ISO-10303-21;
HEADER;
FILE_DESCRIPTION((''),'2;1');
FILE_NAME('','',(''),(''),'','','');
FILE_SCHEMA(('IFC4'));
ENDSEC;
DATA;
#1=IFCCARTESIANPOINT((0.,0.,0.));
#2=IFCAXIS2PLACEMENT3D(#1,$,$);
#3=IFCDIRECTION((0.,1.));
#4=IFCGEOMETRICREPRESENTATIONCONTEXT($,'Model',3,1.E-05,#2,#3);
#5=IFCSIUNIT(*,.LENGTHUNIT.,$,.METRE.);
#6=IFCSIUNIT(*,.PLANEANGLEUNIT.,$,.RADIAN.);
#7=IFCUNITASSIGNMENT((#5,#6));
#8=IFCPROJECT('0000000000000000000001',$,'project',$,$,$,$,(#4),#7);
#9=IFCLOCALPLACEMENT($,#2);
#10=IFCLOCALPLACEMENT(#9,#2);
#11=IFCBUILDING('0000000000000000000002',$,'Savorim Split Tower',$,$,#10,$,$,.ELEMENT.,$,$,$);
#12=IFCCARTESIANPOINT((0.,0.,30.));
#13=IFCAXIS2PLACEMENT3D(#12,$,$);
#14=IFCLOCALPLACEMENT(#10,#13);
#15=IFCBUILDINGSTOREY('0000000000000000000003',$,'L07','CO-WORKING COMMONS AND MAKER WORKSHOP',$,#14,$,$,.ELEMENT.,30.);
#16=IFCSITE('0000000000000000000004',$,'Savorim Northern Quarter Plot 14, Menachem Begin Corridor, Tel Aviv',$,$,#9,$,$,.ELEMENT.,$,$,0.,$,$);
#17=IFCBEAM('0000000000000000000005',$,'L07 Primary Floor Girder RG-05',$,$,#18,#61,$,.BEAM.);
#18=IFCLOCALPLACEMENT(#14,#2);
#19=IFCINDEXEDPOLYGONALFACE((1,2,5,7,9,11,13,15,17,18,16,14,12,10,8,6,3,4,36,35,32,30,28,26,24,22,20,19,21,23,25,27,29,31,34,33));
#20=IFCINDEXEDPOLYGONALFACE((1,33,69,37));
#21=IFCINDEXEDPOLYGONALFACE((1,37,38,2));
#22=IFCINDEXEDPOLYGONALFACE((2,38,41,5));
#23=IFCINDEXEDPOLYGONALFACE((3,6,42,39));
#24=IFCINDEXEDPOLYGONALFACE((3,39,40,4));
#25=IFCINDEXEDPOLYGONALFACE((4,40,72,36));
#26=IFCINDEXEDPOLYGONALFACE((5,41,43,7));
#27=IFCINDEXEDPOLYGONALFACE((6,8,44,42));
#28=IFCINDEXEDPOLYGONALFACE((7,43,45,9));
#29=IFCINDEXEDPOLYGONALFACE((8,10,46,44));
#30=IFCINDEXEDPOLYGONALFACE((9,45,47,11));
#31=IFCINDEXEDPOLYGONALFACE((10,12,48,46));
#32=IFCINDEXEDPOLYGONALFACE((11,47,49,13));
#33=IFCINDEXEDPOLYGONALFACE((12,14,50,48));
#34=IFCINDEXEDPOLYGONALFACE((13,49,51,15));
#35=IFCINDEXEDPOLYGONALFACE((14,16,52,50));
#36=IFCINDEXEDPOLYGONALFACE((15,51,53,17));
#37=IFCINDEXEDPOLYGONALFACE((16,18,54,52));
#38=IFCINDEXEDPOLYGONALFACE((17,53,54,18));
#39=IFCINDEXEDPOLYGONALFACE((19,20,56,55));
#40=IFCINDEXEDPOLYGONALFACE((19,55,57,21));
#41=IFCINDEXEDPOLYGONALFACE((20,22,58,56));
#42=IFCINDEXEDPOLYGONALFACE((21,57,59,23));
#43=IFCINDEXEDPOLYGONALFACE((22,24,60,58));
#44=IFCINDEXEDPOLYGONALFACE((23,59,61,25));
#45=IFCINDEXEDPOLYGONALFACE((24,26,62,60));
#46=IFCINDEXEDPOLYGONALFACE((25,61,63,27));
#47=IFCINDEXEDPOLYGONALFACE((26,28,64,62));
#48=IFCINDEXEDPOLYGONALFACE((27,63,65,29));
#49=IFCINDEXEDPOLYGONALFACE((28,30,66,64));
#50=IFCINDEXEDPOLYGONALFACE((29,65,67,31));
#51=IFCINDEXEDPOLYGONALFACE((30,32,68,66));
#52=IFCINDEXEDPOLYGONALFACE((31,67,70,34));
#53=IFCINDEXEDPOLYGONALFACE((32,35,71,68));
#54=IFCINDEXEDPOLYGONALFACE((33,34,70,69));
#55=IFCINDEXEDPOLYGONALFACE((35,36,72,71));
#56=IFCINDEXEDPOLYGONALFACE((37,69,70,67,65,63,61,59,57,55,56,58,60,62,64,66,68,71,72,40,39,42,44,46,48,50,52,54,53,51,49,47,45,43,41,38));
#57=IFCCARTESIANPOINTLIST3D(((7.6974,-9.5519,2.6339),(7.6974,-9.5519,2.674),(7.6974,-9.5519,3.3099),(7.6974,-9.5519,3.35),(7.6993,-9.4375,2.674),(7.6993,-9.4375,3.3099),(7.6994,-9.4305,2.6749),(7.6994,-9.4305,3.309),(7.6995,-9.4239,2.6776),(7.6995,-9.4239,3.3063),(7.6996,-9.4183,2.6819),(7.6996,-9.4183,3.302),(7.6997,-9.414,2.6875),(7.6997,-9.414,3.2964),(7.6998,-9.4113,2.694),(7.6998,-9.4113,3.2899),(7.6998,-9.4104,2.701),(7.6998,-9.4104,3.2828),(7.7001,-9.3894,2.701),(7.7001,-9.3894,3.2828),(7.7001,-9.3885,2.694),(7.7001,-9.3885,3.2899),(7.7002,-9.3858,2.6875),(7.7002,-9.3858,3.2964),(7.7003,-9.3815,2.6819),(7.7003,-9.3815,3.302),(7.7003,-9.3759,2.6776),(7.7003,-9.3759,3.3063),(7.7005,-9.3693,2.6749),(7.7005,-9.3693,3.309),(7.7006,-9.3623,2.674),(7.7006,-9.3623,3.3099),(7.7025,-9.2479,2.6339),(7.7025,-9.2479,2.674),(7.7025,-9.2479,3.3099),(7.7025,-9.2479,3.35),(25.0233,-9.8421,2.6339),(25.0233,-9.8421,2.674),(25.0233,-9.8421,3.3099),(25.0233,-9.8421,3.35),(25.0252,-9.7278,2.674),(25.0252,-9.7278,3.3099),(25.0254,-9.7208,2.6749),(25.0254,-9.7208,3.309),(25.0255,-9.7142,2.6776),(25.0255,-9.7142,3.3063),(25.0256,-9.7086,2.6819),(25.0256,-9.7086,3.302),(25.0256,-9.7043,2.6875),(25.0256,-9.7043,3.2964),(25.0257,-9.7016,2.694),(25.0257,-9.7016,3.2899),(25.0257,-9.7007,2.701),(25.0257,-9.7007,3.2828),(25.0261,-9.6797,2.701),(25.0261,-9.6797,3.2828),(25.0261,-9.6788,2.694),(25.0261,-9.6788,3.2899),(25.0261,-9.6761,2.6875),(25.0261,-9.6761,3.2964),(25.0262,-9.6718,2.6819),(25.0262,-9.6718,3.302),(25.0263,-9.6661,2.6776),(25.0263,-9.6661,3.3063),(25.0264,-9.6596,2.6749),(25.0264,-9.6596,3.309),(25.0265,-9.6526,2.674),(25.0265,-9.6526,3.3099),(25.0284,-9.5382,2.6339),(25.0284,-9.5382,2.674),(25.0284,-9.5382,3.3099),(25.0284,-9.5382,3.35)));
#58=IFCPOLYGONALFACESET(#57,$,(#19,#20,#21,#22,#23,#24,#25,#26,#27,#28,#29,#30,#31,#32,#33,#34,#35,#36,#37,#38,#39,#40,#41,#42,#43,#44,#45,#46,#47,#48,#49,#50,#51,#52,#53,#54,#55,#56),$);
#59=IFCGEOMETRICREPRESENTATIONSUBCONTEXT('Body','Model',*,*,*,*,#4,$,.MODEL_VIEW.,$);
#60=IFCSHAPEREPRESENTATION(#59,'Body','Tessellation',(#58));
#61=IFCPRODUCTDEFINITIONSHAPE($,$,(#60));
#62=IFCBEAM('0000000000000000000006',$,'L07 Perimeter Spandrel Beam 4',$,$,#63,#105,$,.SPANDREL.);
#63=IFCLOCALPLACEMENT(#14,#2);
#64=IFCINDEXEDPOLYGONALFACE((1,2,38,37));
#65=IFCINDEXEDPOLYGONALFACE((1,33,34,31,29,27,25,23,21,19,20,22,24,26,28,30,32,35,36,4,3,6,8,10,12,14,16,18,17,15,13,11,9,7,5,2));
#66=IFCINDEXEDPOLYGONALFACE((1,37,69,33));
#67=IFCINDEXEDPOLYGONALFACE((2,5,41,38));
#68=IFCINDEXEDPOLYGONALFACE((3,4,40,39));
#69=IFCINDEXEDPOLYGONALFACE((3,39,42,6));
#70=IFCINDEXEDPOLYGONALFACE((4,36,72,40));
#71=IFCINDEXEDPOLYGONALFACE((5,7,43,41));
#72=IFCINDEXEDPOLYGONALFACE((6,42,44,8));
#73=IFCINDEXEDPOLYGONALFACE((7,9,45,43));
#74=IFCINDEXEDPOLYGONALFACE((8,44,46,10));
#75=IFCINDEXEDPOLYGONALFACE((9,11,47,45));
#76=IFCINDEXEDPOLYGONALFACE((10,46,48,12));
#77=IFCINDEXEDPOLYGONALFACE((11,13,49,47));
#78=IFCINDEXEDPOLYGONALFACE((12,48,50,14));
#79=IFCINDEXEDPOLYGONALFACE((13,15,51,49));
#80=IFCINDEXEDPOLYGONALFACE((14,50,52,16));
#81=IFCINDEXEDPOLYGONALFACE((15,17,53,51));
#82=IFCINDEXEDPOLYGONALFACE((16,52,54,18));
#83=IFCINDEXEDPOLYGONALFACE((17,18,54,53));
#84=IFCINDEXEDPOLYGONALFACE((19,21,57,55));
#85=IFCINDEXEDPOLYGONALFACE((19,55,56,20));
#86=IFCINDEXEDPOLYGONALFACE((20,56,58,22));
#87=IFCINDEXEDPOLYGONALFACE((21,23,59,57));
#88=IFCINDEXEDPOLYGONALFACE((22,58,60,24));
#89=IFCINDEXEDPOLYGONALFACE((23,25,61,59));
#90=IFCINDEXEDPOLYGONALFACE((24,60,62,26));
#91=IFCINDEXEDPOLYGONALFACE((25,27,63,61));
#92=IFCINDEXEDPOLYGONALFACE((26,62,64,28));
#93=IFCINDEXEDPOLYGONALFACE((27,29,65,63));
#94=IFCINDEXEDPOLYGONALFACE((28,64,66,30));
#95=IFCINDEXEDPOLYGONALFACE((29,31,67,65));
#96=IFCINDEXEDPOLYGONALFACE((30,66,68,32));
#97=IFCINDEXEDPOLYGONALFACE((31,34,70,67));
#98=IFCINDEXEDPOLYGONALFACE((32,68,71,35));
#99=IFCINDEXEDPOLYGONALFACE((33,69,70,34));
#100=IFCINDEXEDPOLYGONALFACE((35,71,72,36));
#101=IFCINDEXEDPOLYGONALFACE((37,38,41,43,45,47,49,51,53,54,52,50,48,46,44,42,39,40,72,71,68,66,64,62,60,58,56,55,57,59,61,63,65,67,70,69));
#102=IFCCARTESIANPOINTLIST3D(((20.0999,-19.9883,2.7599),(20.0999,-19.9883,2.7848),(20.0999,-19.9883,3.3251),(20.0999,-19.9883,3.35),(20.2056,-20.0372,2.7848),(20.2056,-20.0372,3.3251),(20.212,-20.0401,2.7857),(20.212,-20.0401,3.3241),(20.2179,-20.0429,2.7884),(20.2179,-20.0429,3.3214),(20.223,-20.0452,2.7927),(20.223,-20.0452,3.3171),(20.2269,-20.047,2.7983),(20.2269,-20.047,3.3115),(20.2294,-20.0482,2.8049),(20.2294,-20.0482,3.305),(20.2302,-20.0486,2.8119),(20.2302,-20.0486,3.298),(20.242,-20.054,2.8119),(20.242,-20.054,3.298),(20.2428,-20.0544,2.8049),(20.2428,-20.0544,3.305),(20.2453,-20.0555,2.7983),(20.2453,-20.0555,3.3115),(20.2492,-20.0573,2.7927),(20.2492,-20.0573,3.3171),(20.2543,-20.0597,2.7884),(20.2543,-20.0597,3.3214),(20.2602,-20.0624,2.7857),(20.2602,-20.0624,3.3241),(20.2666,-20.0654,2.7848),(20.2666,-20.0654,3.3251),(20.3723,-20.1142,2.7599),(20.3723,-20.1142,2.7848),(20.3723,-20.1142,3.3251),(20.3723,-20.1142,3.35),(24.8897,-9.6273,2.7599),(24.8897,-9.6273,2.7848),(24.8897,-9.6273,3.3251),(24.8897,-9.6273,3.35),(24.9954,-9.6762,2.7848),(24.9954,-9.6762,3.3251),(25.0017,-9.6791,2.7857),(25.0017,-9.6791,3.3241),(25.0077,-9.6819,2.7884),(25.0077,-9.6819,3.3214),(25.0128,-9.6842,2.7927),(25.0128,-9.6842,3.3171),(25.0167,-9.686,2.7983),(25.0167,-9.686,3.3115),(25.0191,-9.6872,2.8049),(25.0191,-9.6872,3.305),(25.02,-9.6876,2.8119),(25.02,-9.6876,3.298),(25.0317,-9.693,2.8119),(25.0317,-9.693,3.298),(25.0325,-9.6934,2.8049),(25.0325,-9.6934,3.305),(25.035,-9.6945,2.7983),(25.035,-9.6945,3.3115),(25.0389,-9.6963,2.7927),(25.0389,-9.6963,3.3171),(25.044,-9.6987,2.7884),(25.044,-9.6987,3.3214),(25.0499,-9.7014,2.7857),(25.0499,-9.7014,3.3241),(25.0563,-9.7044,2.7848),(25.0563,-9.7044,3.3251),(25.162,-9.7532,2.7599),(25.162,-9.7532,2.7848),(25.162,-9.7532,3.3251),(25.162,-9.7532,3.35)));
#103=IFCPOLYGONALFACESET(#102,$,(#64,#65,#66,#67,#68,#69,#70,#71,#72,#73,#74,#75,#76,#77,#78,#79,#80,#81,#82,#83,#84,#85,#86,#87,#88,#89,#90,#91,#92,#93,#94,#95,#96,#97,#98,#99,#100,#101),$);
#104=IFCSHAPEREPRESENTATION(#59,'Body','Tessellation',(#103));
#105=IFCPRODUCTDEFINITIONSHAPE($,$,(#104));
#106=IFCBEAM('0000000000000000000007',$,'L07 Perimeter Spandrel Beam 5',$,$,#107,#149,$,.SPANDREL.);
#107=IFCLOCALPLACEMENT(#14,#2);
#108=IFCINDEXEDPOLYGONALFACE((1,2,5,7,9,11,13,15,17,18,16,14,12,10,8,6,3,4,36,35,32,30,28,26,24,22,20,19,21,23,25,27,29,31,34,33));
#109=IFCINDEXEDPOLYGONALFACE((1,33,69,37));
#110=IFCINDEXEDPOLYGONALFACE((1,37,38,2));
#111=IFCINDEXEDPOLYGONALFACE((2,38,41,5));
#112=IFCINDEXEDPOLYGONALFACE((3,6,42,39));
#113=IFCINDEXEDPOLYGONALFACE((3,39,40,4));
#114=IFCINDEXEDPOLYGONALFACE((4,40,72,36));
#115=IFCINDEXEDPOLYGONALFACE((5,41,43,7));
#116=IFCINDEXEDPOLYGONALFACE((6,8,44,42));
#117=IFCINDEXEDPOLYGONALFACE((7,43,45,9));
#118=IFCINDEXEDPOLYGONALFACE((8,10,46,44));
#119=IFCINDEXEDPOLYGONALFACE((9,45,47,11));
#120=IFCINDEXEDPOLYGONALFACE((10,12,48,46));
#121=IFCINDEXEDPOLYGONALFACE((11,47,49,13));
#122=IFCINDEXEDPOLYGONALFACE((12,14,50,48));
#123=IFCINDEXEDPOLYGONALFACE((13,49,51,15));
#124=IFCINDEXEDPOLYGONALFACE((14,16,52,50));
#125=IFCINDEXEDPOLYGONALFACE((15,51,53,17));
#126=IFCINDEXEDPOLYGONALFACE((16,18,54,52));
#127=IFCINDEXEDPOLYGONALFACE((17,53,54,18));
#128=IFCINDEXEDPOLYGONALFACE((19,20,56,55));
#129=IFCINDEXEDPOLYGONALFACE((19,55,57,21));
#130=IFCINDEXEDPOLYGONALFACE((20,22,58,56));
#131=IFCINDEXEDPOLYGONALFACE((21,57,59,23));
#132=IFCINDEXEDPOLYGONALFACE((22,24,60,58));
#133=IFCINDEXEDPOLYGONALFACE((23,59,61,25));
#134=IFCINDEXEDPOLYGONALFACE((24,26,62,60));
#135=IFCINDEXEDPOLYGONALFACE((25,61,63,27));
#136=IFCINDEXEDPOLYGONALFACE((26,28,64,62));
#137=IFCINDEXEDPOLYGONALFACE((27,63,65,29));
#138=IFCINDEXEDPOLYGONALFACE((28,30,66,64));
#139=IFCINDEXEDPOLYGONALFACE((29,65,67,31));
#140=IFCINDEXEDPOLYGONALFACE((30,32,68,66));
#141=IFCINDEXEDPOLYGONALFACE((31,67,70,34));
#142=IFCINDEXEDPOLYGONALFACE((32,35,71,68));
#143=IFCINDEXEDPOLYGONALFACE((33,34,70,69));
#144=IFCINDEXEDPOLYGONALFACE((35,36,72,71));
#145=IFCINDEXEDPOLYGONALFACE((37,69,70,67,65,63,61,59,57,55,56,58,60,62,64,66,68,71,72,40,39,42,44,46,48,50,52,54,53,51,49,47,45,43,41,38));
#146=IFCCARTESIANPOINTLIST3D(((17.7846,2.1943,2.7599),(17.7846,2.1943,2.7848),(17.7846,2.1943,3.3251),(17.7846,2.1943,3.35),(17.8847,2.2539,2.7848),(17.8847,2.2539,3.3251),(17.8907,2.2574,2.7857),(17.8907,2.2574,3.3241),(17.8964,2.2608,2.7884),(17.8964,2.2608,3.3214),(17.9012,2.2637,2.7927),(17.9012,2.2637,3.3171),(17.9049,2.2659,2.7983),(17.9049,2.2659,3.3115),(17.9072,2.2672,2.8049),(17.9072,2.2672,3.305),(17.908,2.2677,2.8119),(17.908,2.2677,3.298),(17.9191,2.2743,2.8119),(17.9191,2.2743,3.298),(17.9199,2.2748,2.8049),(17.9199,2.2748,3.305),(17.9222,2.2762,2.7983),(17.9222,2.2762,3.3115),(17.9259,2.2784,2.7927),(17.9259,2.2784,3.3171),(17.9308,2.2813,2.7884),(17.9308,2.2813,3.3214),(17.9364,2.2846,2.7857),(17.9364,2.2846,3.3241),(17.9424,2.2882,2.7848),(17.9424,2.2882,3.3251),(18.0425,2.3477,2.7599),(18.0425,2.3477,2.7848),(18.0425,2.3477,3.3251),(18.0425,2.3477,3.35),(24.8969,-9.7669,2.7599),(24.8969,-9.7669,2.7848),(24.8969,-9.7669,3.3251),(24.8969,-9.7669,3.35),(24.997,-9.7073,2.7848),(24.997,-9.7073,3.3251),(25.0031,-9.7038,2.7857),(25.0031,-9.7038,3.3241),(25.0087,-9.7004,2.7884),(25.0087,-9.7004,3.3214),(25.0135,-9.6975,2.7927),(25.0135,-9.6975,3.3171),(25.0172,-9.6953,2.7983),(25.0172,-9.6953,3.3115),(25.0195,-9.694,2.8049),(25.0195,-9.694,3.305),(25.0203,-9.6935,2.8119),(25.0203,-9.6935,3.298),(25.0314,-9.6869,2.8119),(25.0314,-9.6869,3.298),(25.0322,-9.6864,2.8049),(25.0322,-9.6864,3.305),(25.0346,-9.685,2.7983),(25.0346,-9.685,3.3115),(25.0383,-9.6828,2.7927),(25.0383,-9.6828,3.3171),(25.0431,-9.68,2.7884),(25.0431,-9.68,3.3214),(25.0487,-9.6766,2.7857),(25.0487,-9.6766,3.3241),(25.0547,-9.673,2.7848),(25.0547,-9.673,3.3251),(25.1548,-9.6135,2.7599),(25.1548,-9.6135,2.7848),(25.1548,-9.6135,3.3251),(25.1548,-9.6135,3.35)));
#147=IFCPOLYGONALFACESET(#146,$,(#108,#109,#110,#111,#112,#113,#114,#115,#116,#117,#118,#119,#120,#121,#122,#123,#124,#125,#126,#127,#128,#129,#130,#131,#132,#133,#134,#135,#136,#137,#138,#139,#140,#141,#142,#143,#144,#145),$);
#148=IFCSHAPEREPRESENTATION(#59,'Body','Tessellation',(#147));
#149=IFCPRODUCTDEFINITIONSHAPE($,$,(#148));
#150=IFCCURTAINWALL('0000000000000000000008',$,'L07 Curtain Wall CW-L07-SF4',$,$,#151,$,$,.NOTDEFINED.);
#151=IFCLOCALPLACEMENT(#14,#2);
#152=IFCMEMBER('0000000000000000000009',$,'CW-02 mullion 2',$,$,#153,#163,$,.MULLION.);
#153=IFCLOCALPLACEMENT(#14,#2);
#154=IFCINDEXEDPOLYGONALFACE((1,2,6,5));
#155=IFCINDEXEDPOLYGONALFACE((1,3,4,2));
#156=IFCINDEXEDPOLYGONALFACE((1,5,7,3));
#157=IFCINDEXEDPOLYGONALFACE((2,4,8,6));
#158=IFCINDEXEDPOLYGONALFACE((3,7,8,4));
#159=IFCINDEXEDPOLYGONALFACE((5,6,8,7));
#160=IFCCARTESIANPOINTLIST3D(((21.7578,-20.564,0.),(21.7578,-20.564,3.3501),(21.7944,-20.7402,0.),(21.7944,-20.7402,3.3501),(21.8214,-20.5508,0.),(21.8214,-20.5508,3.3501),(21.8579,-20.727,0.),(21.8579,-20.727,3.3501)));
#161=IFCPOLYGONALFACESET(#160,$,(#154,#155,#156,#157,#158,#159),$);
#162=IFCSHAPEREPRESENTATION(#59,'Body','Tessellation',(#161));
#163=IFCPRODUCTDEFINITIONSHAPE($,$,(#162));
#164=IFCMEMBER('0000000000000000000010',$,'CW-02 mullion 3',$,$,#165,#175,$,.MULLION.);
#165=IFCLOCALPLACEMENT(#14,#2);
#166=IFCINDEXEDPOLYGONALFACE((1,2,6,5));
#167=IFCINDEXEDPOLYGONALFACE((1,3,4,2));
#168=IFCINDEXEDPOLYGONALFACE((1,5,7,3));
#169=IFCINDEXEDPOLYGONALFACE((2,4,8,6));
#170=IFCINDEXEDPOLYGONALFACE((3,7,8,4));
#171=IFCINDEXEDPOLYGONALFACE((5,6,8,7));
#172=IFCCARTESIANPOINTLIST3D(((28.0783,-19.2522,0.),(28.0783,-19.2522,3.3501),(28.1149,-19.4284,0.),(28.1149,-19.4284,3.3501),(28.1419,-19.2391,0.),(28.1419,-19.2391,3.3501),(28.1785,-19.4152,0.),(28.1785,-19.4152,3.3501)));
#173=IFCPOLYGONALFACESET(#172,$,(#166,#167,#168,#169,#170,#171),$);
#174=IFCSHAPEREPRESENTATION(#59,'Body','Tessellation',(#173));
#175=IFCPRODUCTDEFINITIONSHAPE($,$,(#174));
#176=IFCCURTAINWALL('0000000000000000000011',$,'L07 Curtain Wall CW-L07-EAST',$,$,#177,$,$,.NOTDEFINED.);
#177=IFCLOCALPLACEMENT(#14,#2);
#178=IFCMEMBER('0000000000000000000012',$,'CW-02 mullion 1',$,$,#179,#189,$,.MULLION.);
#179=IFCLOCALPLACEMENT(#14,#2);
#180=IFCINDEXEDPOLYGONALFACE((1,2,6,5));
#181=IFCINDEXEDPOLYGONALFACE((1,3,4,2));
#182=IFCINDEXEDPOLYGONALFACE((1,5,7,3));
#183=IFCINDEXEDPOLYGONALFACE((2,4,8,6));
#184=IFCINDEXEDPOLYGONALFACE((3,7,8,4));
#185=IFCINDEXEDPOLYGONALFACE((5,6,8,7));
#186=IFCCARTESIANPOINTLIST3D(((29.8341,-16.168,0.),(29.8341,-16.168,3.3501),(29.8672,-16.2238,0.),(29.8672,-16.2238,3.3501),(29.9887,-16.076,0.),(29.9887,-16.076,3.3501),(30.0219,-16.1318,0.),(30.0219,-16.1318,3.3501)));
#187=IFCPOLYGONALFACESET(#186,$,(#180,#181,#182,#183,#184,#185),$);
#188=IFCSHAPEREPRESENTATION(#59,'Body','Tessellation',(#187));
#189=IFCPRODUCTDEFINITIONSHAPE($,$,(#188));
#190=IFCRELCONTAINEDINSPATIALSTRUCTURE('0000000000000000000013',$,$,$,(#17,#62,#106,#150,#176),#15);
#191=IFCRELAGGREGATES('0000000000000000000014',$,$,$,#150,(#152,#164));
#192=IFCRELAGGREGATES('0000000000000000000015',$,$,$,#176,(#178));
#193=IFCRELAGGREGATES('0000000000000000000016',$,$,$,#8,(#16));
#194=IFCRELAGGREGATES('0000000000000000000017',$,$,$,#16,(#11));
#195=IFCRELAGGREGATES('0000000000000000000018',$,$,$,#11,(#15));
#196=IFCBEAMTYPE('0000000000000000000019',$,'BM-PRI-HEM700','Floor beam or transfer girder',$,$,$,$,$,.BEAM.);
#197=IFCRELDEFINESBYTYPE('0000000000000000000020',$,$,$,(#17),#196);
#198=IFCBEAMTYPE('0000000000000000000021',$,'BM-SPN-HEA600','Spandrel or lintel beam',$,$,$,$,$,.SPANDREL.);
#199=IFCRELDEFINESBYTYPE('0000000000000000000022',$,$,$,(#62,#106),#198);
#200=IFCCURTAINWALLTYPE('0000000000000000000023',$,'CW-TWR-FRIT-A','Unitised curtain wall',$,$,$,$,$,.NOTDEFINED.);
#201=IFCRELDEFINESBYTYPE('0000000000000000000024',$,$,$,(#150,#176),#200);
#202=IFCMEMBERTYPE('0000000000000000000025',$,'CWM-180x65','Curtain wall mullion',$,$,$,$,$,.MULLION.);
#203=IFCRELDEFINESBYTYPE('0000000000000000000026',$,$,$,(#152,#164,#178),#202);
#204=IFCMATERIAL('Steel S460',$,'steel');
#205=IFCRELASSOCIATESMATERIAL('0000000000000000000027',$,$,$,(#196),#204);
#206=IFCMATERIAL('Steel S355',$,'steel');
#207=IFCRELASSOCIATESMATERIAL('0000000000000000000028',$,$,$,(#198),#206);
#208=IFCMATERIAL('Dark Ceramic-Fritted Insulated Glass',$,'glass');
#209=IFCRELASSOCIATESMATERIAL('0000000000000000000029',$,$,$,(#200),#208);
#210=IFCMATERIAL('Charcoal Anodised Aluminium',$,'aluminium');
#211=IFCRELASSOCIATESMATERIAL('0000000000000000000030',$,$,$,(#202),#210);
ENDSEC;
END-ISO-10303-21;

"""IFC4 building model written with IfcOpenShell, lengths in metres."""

from ifc_helpers import new_model, si_unit, direction, frame, origin, origin_2d, place, context, subcontext, project, spatial, rectangle, i_section, extrude, material, material_profile, profile_set, type_object, element, aggregate, save


model = new_model("IFC4")

# Units and contexts
model_context = context("Model", 3, precision=1e-05, world=origin(), true_north=direction((0.0, 1.0)))
body_context = subcontext(model_context, "Body", "Model", "MODEL_VIEW")
ifc_project = project(units=[si_unit("LENGTHUNIT", "METRE"), si_unit("PLANEANGLEUNIT", "RADIAN")], contexts=[model_context])

# Site, building, storey
site_placement = place(None, origin())
site = spatial("IfcSite", under=ifc_project, at=site_placement, Name="Savorim Northern Quarter Plot 14, Menachem Begin Corridor, Tel Aviv", CompositionType="ELEMENT", RefElevation=0.0)
building_placement = place(site_placement, origin())
building = spatial("IfcBuilding", under=site, at=building_placement, Name="Savorim Split Tower", CompositionType="ELEMENT")
storey_placement = place(building_placement, frame((0.0, 0.0, 30.0)))
storey = spatial("IfcBuildingStorey", under=building, at=storey_placement, Name="L07", Description="CO-WORKING COMMONS AND MAKER WORKSHOP", CompositionType="ELEMENT", Elevation=30.0)

# Shared definitions
ifc_material_1 = material(Name="Steel S460", Category="steel")

# Beams
ifc_material_2 = material(Name="Steel S355", Category="steel")
ifc_material_profile_1 = material_profile(ifc_material_1, i_section(OverallWidth=0.304, OverallDepth=0.7161, WebThickness=0.021, FlangeThickness=0.04, FilletRadius=0.0271, at=origin_2d()), Name="HE 700 M")
ifc_profile_set_1 = profile_set([ifc_material_profile_1], Name="Steel S460")
beam_type_1 = type_object("IfcBeamType", Name="BM-PRI-HEM700", Description="Floor beam or transfer girder", PredefinedType="BEAM", material=ifc_profile_set_1)
beam_1_placement = place(storey_placement, frame((25.0259, -9.6902, 2.9919), z_axis=(-0.99986, 0.016752, 0.0), x_axis=(-0.016752, -0.99986, 0.0)))
element("IfcBeam", 1, at=beam_1_placement, inside=storey, type_object=beam_type_1, Name="L07 Primary Floor Girder RG-05", PredefinedType="BEAM", context=body_context, shape_type="SweptSolid", body=[
    extrude(i_section(OverallWidth=0.304, OverallDepth=0.7161, WebThickness=0.021, FlangeThickness=0.04, FilletRadius=0.0271, at=origin_2d()), origin(), (0.0, 0.0, 1.0), 17.3284),
])
ifc_material_profile_2 = material_profile(ifc_material_2, i_section(OverallWidth=0.3, OverallDepth=0.5901, WebThickness=0.0129, FlangeThickness=0.0249, FilletRadius=0.0271, at=origin_2d()), Name="HEA 600")
ifc_profile_set_2 = profile_set([ifc_material_profile_2], Name="Steel S355")
beam_type_2 = type_object("IfcBeamType", Name="BM-SPN-HEA600", Description="Spandrel or lintel beam", PredefinedType="SPANDREL", material=ifc_profile_set_2)
beam_2_placement = place(storey_placement, frame((20.2361, -20.0513, 3.0549), z_axis=(0.419618, 0.907701, 0.0), x_axis=(-0.907701, 0.419618, 0.0)))
element("IfcBeam", 2, at=beam_2_placement, inside=storey, type_object=beam_type_2, Name="L07 Perimeter Spandrel Beam 4", PredefinedType="SPANDREL", context=body_context, shape_type="SweptSolid", body=[
    extrude(i_section(OverallWidth=0.3, OverallDepth=0.5901, WebThickness=0.0129, FlangeThickness=0.0249, FilletRadius=0.0271, at=origin_2d()), origin(), (0.0, 0.0, 1.0), 11.4146),
])
beam_3_placement = place(storey_placement, frame((25.0259, -9.6902, 3.0549), z_axis=(-0.511089, 0.859528, 0.0), x_axis=(-0.859528, -0.511089, 0.0)))
element("IfcBeam", 3, at=beam_3_placement, inside=storey, type_object=beam_type_2, Name="L07 Perimeter Spandrel Beam 5", PredefinedType="SPANDREL", context=body_context, shape_type="SweptSolid", body=[
    extrude(i_section(OverallWidth=0.3, OverallDepth=0.5901, WebThickness=0.0129, FlangeThickness=0.0249, FilletRadius=0.0271, at=origin_2d()), origin(), (0.0, 0.0, 1.0), 13.916),
])

# Curtain walls, members
ifc_material_3 = material(Name="Dark Ceramic-Fritted Insulated Glass", Category="glass")
curtain_wall_type = type_object("IfcCurtainWallType", Name="CW-TWR-FRIT-A", Description="Unitised curtain wall", PredefinedType="NOTDEFINED", material=ifc_material_3)
curtain_wall_1_placement = place(storey_placement, origin())
curtain_wall_1 = element("IfcCurtainWall", 4, at=curtain_wall_1_placement, inside=storey, type_object=curtain_wall_type, Name="L07 Curtain Wall CW-L07-SF4", PredefinedType="NOTDEFINED")
ifc_material_4 = material(Name="Charcoal Anodised Aluminium", Category="aluminium")
ifc_material_profile_3 = material_profile(ifc_material_4, rectangle(XDim=0.1799, YDim=0.0649, at=origin_2d()), Name="ALU-M 180x65")
ifc_profile_set_3 = profile_set([ifc_material_profile_3], Name="Charcoal Anodised Aluminium")
member_type_1 = type_object("IfcMemberType", Name="CWM-180x65", Description="Curtain wall mullion", PredefinedType="MULLION", material=ifc_profile_set_3)
member_1_placement = place(storey_placement, frame((21.8079, -20.6455, 0.0), z_axis=(0.0, 0.0, 1.0), x_axis=(-0.20321, 0.979135, 0.0)))
member_1 = element("IfcMember", 5, at=member_1_placement, type_object=member_type_1, Name="CW-02 mullion 2", PredefinedType="MULLION", context=body_context, shape_type="SweptSolid", body=[
    extrude(rectangle(XDim=0.1799, YDim=0.0649, at=origin_2d()), origin(), (0.0, 0.0, 1.0), 3.3501),
])
member_2_placement = place(storey_placement, frame((28.1284, -19.3337, 0.0), z_axis=(0.0, 0.0, 1.0), x_axis=(-0.20321, 0.979135, 0.0)))
member_2 = element("IfcMember", 6, at=member_2_placement, type_object=member_type_1, Name="CW-02 mullion 3", PredefinedType="MULLION", context=body_context, shape_type="SweptSolid", body=[
    extrude(rectangle(XDim=0.1799, YDim=0.0649, at=origin_2d()), origin(), (0.0, 0.0, 1.0), 3.3501),
])
curtain_wall_2_placement = place(storey_placement, origin())
curtain_wall_2 = element("IfcCurtainWall", 7, at=curtain_wall_2_placement, inside=storey, type_object=curtain_wall_type, Name="L07 Curtain Wall CW-L07-EAST", PredefinedType="NOTDEFINED")
member_3_placement = place(storey_placement, frame((29.928, -16.1499, 0.0), z_axis=(0.0, 0.0, 1.0), x_axis=(-0.859526, -0.511092, 0.0)))
member_3 = element("IfcMember", 8, at=member_3_placement, type_object=member_type_1, Name="CW-02 mullion 1", PredefinedType="MULLION", context=body_context, shape_type="SweptSolid", body=[
    extrude(rectangle(XDim=0.1799, YDim=0.0649, at=origin_2d()), origin(), (0.0, 0.0, 1.0), 3.3501),
])

aggregate(curtain_wall_1, [member_1, member_2])
aggregate(curtain_wall_2, [member_3])

save(model, "model.ifc")
